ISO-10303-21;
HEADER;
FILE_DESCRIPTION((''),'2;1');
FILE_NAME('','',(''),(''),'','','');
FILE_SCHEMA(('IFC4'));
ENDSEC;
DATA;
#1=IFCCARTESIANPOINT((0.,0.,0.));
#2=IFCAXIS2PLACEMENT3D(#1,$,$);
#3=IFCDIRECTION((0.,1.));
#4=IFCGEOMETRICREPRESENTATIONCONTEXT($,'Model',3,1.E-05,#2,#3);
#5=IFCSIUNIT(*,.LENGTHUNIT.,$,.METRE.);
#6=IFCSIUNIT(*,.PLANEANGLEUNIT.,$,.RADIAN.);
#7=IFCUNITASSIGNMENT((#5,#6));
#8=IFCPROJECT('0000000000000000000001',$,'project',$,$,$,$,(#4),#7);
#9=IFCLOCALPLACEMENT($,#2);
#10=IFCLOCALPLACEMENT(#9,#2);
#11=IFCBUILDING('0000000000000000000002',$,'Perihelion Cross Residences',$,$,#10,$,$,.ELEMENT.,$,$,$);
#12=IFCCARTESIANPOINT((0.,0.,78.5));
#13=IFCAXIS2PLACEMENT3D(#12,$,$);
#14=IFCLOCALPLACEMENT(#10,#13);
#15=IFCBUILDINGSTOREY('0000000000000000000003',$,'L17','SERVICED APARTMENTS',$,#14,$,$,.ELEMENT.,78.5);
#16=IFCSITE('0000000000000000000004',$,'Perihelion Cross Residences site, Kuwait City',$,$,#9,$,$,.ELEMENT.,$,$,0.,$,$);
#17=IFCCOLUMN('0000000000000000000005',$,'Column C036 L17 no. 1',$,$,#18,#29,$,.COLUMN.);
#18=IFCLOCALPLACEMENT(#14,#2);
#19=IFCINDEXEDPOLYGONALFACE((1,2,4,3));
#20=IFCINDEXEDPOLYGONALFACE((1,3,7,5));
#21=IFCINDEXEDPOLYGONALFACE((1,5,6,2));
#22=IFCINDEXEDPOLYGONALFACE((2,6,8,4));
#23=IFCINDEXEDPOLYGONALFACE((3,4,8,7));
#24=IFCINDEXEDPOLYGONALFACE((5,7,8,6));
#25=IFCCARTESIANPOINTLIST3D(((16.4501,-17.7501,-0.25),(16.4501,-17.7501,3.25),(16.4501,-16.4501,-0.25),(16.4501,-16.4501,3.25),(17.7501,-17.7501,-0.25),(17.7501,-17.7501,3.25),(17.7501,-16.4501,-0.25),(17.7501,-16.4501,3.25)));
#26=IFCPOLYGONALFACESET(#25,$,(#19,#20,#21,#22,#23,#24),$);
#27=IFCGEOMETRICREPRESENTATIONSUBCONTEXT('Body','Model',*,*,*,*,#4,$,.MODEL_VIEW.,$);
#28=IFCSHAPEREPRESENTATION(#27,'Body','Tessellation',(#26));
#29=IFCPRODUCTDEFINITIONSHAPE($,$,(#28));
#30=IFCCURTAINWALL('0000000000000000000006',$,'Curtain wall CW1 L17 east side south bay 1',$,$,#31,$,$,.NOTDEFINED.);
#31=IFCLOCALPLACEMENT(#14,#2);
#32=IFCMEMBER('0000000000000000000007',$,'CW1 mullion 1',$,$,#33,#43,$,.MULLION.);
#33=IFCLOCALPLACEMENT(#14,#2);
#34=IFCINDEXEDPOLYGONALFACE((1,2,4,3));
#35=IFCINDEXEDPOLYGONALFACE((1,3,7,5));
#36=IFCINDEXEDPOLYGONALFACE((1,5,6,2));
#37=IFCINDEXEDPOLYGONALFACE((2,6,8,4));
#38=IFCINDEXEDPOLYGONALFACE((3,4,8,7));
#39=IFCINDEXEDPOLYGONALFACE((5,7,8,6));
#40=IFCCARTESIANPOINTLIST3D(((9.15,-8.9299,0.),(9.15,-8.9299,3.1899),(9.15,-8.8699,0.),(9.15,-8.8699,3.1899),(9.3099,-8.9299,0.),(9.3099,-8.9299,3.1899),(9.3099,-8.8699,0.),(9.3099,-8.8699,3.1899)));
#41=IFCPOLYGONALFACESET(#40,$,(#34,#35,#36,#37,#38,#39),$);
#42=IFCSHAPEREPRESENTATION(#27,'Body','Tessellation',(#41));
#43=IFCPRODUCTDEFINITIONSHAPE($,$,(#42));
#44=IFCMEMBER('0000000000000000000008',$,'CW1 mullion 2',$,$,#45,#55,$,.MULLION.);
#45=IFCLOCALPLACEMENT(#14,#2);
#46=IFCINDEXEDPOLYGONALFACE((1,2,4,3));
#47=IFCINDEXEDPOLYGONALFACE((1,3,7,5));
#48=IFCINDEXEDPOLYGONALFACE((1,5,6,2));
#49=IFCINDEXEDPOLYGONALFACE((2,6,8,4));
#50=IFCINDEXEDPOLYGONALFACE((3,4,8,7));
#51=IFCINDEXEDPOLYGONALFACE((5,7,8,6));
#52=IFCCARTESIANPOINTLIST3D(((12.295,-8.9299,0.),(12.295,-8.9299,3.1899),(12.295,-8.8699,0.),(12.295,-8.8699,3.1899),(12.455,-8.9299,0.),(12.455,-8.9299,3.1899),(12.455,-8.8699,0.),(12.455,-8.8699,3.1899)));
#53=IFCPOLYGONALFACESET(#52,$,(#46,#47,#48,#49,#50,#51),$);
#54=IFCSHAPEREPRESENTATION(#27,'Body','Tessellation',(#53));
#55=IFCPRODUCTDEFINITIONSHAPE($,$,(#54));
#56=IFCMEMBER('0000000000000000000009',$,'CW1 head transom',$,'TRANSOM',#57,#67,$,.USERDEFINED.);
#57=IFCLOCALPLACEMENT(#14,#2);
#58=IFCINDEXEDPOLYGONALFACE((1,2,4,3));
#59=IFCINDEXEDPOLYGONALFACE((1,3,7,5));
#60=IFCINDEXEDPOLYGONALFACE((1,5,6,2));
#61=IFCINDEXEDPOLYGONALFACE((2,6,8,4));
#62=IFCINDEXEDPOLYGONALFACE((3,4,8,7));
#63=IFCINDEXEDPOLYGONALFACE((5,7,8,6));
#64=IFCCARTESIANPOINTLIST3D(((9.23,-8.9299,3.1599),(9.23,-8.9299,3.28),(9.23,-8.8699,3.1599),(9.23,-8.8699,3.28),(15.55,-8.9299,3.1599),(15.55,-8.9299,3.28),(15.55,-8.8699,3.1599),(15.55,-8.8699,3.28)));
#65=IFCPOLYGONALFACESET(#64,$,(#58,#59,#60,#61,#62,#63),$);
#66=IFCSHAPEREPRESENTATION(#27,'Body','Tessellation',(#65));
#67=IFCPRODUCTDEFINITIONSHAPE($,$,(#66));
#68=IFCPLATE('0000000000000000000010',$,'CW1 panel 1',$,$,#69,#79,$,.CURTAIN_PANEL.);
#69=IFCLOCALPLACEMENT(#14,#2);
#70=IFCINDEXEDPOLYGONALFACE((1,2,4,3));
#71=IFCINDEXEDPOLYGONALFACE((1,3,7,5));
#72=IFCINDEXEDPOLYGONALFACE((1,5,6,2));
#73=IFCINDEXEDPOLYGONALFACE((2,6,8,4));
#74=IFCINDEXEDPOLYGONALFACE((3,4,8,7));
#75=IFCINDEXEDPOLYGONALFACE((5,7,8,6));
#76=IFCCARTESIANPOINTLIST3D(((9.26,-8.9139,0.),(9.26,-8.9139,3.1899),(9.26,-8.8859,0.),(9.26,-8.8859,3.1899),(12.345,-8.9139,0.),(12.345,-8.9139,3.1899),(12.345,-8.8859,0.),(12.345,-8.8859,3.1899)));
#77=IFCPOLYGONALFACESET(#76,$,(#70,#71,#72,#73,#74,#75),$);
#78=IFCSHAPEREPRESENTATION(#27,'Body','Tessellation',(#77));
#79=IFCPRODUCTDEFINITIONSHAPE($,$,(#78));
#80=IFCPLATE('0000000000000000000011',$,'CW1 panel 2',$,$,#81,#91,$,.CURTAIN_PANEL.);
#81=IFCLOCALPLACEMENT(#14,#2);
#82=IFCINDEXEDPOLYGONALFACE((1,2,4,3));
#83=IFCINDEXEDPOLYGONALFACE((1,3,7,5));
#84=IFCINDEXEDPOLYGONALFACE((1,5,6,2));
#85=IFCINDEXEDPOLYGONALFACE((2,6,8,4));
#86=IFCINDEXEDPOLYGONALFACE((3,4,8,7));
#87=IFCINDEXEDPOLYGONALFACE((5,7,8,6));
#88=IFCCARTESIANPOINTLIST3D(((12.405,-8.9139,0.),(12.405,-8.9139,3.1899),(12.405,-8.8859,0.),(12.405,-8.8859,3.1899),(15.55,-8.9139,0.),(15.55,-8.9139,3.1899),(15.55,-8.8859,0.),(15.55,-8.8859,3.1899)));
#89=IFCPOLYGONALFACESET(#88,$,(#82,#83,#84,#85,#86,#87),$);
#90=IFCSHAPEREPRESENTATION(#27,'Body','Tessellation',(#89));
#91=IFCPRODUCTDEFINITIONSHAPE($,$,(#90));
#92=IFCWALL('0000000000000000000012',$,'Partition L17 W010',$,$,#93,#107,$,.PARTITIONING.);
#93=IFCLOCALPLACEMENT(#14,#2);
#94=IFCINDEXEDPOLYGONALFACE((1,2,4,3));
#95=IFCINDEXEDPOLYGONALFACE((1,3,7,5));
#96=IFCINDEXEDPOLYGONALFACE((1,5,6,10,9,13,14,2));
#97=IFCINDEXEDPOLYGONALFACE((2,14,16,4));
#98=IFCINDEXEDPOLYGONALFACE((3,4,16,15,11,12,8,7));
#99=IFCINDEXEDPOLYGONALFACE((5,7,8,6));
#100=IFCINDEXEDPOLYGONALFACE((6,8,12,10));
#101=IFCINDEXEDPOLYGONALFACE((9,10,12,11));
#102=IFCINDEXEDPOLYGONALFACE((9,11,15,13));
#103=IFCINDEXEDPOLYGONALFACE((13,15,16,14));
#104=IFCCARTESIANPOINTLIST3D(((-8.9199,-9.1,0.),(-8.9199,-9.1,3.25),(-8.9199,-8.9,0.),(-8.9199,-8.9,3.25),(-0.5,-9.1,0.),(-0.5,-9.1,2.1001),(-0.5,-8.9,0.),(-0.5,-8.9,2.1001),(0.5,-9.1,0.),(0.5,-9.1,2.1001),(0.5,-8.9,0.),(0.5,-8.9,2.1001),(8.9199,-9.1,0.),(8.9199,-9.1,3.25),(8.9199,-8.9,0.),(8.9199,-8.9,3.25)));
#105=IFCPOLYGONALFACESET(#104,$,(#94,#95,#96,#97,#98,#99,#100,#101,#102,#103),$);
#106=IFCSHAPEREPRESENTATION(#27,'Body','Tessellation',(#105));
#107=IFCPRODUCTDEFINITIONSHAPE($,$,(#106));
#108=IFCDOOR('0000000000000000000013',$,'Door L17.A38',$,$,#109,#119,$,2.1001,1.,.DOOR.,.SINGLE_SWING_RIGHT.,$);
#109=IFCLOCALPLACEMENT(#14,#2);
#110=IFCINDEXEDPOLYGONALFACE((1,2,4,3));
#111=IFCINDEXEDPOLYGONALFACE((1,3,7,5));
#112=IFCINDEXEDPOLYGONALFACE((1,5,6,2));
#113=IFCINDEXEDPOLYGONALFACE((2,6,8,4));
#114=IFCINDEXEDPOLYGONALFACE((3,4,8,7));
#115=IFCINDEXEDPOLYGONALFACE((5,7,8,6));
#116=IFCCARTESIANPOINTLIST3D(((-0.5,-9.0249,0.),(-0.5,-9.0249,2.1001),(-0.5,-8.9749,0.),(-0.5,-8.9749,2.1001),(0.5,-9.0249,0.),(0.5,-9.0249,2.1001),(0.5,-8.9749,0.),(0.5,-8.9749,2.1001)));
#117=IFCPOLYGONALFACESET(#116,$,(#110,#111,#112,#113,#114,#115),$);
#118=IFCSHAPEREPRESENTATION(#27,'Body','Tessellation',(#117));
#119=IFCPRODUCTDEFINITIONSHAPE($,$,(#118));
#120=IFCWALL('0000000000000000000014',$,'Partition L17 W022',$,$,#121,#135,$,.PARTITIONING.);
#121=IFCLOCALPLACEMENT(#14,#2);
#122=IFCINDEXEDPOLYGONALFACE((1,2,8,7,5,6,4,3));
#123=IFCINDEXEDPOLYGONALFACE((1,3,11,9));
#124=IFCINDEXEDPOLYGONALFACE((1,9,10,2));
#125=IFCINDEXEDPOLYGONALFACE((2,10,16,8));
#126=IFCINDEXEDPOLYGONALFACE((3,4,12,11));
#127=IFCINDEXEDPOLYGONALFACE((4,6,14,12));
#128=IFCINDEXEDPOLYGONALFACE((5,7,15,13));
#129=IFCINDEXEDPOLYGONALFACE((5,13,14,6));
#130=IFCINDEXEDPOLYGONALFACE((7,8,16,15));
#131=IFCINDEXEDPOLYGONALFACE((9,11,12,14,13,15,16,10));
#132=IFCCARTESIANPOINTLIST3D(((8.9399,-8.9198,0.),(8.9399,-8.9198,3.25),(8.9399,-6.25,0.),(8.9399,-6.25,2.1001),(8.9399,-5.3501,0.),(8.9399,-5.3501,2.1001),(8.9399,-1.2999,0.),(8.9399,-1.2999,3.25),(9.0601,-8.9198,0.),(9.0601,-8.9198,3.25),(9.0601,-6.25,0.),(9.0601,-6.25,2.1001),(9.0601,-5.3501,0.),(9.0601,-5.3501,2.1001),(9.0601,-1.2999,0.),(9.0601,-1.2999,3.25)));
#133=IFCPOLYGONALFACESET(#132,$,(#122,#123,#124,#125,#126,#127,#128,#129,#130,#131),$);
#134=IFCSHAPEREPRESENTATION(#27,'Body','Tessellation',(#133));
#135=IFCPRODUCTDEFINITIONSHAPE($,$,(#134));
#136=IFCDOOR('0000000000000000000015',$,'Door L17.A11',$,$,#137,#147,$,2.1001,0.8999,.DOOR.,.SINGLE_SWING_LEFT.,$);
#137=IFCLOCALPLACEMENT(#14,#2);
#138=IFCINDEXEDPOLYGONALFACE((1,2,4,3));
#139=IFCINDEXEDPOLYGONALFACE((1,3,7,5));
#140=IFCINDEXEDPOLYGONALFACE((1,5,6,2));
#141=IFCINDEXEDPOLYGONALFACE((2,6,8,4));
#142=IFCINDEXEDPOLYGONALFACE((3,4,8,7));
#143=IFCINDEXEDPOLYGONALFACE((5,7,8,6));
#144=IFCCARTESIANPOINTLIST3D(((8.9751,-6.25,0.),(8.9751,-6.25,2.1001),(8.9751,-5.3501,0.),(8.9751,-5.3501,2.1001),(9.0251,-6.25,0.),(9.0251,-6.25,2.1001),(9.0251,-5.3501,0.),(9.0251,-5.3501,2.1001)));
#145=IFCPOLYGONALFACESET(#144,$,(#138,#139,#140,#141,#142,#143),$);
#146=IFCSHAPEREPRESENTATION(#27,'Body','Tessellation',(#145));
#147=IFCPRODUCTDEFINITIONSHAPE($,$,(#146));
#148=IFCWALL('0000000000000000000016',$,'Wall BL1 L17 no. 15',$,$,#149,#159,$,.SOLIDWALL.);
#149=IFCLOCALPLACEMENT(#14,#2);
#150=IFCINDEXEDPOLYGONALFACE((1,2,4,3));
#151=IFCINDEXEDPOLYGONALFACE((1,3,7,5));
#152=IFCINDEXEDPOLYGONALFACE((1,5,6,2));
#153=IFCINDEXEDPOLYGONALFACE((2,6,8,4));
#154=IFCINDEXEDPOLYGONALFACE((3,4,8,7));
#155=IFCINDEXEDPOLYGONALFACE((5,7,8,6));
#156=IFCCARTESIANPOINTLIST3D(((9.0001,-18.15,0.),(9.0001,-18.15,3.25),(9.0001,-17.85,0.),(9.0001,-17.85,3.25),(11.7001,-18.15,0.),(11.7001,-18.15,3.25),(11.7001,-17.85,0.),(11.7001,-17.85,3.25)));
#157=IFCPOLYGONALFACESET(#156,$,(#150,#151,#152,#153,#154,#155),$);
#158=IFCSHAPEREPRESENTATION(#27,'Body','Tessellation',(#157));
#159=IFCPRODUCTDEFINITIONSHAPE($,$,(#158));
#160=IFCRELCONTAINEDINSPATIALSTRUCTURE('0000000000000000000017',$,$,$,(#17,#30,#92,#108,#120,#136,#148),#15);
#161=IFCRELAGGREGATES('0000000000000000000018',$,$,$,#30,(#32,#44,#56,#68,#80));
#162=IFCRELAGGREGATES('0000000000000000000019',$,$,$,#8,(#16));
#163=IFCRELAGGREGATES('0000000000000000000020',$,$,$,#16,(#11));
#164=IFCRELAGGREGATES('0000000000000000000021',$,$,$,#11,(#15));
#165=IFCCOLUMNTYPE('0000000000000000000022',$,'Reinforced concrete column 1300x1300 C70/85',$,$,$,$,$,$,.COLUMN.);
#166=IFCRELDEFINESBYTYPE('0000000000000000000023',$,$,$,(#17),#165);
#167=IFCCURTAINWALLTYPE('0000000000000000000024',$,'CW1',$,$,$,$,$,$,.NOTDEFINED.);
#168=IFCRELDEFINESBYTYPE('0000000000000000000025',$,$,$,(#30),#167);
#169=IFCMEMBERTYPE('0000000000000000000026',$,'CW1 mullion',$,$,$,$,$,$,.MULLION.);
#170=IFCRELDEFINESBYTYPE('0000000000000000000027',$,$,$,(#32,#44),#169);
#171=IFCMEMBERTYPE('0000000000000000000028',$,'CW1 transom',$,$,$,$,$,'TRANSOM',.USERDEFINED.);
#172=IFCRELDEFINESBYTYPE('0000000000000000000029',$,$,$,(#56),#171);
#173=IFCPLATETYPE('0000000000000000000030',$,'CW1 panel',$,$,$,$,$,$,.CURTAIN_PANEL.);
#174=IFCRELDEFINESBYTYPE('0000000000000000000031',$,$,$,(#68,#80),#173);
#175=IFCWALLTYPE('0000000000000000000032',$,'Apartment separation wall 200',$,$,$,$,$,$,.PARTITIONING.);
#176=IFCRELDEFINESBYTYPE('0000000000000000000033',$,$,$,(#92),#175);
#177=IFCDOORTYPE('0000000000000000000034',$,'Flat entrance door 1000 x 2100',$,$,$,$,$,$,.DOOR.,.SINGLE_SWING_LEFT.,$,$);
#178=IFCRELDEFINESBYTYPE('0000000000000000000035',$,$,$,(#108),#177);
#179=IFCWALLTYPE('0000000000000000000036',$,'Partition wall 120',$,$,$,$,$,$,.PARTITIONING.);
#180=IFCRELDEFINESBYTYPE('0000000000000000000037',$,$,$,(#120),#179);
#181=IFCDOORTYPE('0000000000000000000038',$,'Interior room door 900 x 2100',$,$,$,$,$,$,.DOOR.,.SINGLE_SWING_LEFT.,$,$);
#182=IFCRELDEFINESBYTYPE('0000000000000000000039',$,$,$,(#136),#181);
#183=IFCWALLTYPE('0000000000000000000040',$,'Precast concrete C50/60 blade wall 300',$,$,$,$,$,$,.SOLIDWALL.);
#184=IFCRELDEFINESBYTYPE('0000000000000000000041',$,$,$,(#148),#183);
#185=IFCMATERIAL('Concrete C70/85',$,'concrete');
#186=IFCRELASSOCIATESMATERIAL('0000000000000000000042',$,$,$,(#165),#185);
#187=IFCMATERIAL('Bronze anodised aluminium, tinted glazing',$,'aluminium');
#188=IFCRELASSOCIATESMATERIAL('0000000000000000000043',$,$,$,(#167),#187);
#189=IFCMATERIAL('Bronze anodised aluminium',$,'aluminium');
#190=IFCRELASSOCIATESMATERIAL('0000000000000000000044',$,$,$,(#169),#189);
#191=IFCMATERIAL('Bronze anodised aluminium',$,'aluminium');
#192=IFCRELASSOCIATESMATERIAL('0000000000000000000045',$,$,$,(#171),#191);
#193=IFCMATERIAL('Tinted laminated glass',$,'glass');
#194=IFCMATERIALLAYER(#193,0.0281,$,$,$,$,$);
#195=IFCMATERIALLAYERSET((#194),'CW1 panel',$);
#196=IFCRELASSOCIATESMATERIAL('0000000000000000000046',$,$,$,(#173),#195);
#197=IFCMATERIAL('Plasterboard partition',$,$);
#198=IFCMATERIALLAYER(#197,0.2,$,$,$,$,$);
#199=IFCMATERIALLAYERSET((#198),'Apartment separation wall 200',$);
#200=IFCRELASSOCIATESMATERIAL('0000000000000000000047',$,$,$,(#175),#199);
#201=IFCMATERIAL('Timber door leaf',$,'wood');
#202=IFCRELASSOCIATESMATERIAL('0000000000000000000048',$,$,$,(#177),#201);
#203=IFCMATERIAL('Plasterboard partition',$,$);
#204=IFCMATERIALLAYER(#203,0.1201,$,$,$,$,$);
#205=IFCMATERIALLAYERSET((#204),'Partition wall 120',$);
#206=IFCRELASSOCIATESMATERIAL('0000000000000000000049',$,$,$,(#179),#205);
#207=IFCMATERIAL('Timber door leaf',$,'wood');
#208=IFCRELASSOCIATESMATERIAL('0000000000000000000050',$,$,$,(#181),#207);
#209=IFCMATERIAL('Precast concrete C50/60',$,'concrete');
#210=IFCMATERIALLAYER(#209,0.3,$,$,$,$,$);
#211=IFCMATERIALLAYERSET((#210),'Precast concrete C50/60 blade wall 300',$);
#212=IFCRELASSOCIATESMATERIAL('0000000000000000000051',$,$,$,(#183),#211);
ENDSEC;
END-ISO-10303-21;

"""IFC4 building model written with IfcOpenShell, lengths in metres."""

from ifc_helpers import new_model, si_unit, direction, frame, frame_2d, origin, origin_2d, place, context, subcontext, project, spatial, rectangle, extrude, material, layer, layer_set, material_profile, profile_set, type_object, element, fill, aggregate, save


model = new_model("IFC4")

# Units and contexts
model_context = context("Model", 3, precision=1e-05, world=origin(), true_north=direction((0.0, 1.0)))
body_context = subcontext(model_context, "Body", "Model", "MODEL_VIEW")
ifc_project = project(units=[si_unit("LENGTHUNIT", "METRE"), si_unit("PLANEANGLEUNIT", "RADIAN")], contexts=[model_context])

# Site, building, storey
site_placement = place(None, origin())
site = spatial("IfcSite", under=ifc_project, at=site_placement, Name="Perihelion Cross Residences site, Kuwait City", CompositionType="ELEMENT", RefElevation=0.0)
building_placement = place(site_placement, origin())
building = spatial("IfcBuilding", under=site, at=building_placement, Name="Perihelion Cross Residences", CompositionType="ELEMENT")
storey_placement = place(building_placement, frame((0.0, 0.0, 78.5)))
storey = spatial("IfcBuildingStorey", under=building, at=storey_placement, Name="L17", Description="SERVICED APARTMENTS", CompositionType="ELEMENT", Elevation=78.5)

# Column
ifc_material_1 = material(Name="Concrete C70/85", Category="concrete")
ifc_material_profile_1 = material_profile(ifc_material_1, rectangle(XDim=1.3, YDim=1.3, at=origin_2d()), Name="RC 1300x1300")
ifc_profile_set_1 = profile_set([ifc_material_profile_1], Name="Concrete C70/85")
column_type = type_object("IfcColumnType", Name="Reinforced concrete column 1300x1300 C70/85", PredefinedType="COLUMN", material=ifc_profile_set_1)
column_placement = place(storey_placement, frame((17.1001, -17.1001, -0.25), z_axis=(0.0, 0.0, 1.0), x_axis=(1.0, 0.0, 0.0)))
element("IfcColumn", 1, at=column_placement, inside=storey, type_object=column_type, Name="Column C036 L17 no. 1", PredefinedType="COLUMN", context=body_context, shape_type="SweptSolid", body=[
    extrude(rectangle(XDim=1.3, YDim=1.3, at=origin_2d()), origin(), (0.0, 0.0, 1.0), 3.5),
])

# Curtain wall, members, plates
ifc_material_2 = material(Name="Bronze anodised aluminium, tinted glazing", Category="aluminium")
curtain_wall_type = type_object("IfcCurtainWallType", Name="CW1", PredefinedType="NOTDEFINED", material=ifc_material_2)
curtain_wall_placement = place(storey_placement, origin())
curtain_wall = element("IfcCurtainWall", 2, at=curtain_wall_placement, inside=storey, type_object=curtain_wall_type, Name="Curtain wall CW1 L17 east side south bay 1", PredefinedType="NOTDEFINED")
ifc_material_3 = material(Name="Bronze anodised aluminium", Category="aluminium")
ifc_material_profile_2 = material_profile(ifc_material_3, rectangle(XDim=0.0601, YDim=0.1599, at=origin_2d()), Name="CW1 mullion")
ifc_profile_set_2 = profile_set([ifc_material_profile_2], Name="Bronze anodised aluminium")
member_type_1 = type_object("IfcMemberType", Name="CW1 mullion", PredefinedType="MULLION", material=ifc_profile_set_2)
member_1_placement = place(storey_placement, frame((9.23, -8.8999, 0.0), z_axis=(0.0, 0.0, 1.0), x_axis=(0.0, 1.0, 0.0)))
member_1 = element("IfcMember", 3, at=member_1_placement, type_object=member_type_1, Name="CW1 mullion 1", PredefinedType="MULLION", context=body_context, shape_type="SweptSolid", body=[
    extrude(rectangle(XDim=0.0601, YDim=0.1599, at=origin_2d()), origin(), (0.0, 0.0, 1.0), 3.1899),
])
member_2_placement = place(storey_placement, frame((12.375, -8.8999, 0.0), z_axis=(0.0, 0.0, 1.0), x_axis=(0.0, 1.0, 0.0)))
member_2 = element("IfcMember", 4, at=member_2_placement, type_object=member_type_1, Name="CW1 mullion 2", PredefinedType="MULLION", context=body_context, shape_type="SweptSolid", body=[
    extrude(rectangle(XDim=0.0601, YDim=0.1599, at=origin_2d()), origin(), (0.0, 0.0, 1.0), 3.1899),
])
ifc_material_4 = material(Name="Bronze anodised aluminium", Category="aluminium")
ifc_material_profile_3 = material_profile(ifc_material_4, rectangle(XDim=0.0601, YDim=0.1201, at=origin_2d()), Name="CW1 transom")
ifc_profile_set_3 = profile_set([ifc_material_profile_3], Name="Bronze anodised aluminium")
member_type_2 = type_object("IfcMemberType", Name="CW1 transom", ElementType="TRANSOM", PredefinedType="USERDEFINED", material=ifc_profile_set_3)
member_3_placement = place(storey_placement, frame((9.23, -8.8999, 3.22), z_axis=(1.0, 0.0, 0.0), x_axis=(0.0, 1.0, 0.0)))
member_3 = element("IfcMember", 5, at=member_3_placement, type_object=member_type_2, Name="CW1 head transom", ObjectType="TRANSOM", PredefinedType="USERDEFINED", context=body_context, shape_type="SweptSolid", body=[
    extrude(rectangle(XDim=0.0601, YDim=0.1201, at=origin_2d()), origin(), (0.0, 0.0, 1.0), 6.3201),
])
ifc_material_5 = material(Name="Tinted laminated glass", Category="glass")
ifc_layer_1 = layer(ifc_material_5, 0.0281)
ifc_layer_set_1 = layer_set([ifc_layer_1], Name="CW1 panel")
plate_type = type_object("IfcPlateType", Name="CW1 panel", PredefinedType="CURTAIN_PANEL", material=ifc_layer_set_1)
plate_1_placement = place(storey_placement, frame((10.8025, -8.8999, 0.0), z_axis=(0.0, 0.0, 1.0), x_axis=(1.0, 0.0, 0.0)))
plate_1 = element("IfcPlate", 6, at=plate_1_placement, type_object=plate_type, Name="CW1 panel 1", PredefinedType="CURTAIN_PANEL", context=body_context, shape_type="SweptSolid", body=[
    extrude(rectangle(XDim=3.085, YDim=0.0281, at=origin_2d()), origin(), (0.0, 0.0, 1.0), 3.1899),
])
plate_2_placement = place(storey_placement, frame((13.9775, -8.8999, 0.0), z_axis=(0.0, 0.0, 1.0), x_axis=(1.0, 0.0, 0.0)))
plate_2 = element("IfcPlate", 7, at=plate_2_placement, type_object=plate_type, Name="CW1 panel 2", PredefinedType="CURTAIN_PANEL", context=body_context, shape_type="SweptSolid", body=[
    extrude(rectangle(XDim=3.145, YDim=0.0281, at=origin_2d()), origin(), (0.0, 0.0, 1.0), 3.1899),
])
aggregate(curtain_wall, [member_1, member_2, member_3, plate_1, plate_2])

# Walls, openings, doors
ifc_material_6 = material(Name="Plasterboard partition")
ifc_layer_2 = layer(ifc_material_6, 0.2)
ifc_layer_set_2 = layer_set([ifc_layer_2], Name="Apartment separation wall 200")
wall_type_1 = type_object("IfcWallType", Name="Apartment separation wall 200", PredefinedType="PARTITIONING", material=ifc_layer_set_2)
wall_1_placement = place(storey_placement, frame((8.9199, -9.0, 0.0), z_axis=(0.0, 0.0, 1.0), x_axis=(-1.0, 0.0, 0.0)))
wall_1 = element("IfcWall", 8, at=wall_1_placement, inside=storey, type_object=wall_type_1, Name="Partition L17 W010", PredefinedType="PARTITIONING", context=body_context, shape_type="SweptSolid", body=[
    extrude(rectangle(XDim=17.8398, YDim=0.2, at=frame_2d((8.9199, 0.0))), origin(), (0.0, 0.0, 1.0), 3.25),
])
opening_1_placement = place(wall_1_placement, frame((8.4199, 0.0, 0.0)))
opening_1 = element("IfcOpeningElement", 9, at=opening_1_placement, cuts=wall_1, PredefinedType="OPENING", context=body_context, shape_type="SweptSolid", body=[
    extrude(rectangle(XDim=1.0, YDim=2.1001, at=frame_2d((0.5, 1.05))), frame((0.0, 0.1099, 0.0), z_axis=(0.0, -1.0, 0.0), x_axis=(1.0, 0.0, 0.0)), (0.0, 0.0, 1.0), 0.22),
])
ifc_material_7 = material(Name="Timber door leaf", Category="wood")
door_type_1 = type_object("IfcDoorType", Name="Flat entrance door 1000 x 2100", OperationType="SINGLE_SWING_LEFT", PredefinedType="DOOR", material=ifc_material_7)
door_1_placement = place(opening_1_placement, origin())
door_1 = element("IfcDoor", 10, at=door_1_placement, inside=storey, type_object=door_type_1, Name="Door L17.A38", OperationType="SINGLE_SWING_RIGHT", OverallHeight=2.1001, OverallWidth=1.0, PredefinedType="DOOR", context=body_context, shape_type="SweptSolid", body=[
    extrude(rectangle(XDim=1.0, YDim=2.1001, at=frame_2d((0.5, 1.05))), frame((0.0, 0.0249, 0.0), z_axis=(0.0, -1.0, 0.0), x_axis=(1.0, 0.0, 0.0)), (0.0, 0.0, 1.0), 0.05),
])
fill(opening_1, door_1)
ifc_material_8 = material(Name="Plasterboard partition")
ifc_layer_3 = layer(ifc_material_8, 0.1201)
ifc_layer_set_3 = layer_set([ifc_layer_3], Name="Partition wall 120")
wall_type_2 = type_object("IfcWallType", Name="Partition wall 120", PredefinedType="PARTITIONING", material=ifc_layer_set_3)
wall_2_placement = place(storey_placement, frame((9.0, -8.9199, 0.0), z_axis=(0.0, 0.0, 1.0), x_axis=(0.0, 1.0, 0.0)))
wall_2 = element("IfcWall", 11, at=wall_2_placement, inside=storey, type_object=wall_type_2, Name="Partition L17 W022", PredefinedType="PARTITIONING", context=body_context, shape_type="SweptSolid", body=[
    extrude(rectangle(XDim=7.6199, YDim=0.1201, at=frame_2d((3.8101, 0.0))), origin(), (0.0, 0.0, 1.0), 3.25),
])
opening_2_placement = place(wall_2_placement, frame((2.6699, 0.0, 0.0)))
opening_2 = element("IfcOpeningElement", 12, at=opening_2_placement, cuts=wall_2, PredefinedType="OPENING", context=body_context, shape_type="SweptSolid", body=[
    extrude(rectangle(XDim=0.8999, YDim=2.1001, at=frame_2d((0.45, 1.05))), frame((0.0, 0.0701, 0.0), z_axis=(0.0, -1.0, 0.0), x_axis=(1.0, 0.0, 0.0)), (0.0, 0.0, 1.0), 0.1401),
])
ifc_material_9 = material(Name="Timber door leaf", Category="wood")
door_type_2 = type_object("IfcDoorType", Name="Interior room door 900 x 2100", OperationType="SINGLE_SWING_LEFT", PredefinedType="DOOR", material=ifc_material_9)
door_2_placement = place(opening_2_placement, origin())
door_2 = element("IfcDoor", 13, at=door_2_placement, inside=storey, type_object=door_type_2, Name="Door L17.A11", OperationType="SINGLE_SWING_LEFT", OverallHeight=2.1001, OverallWidth=0.8999, PredefinedType="DOOR", context=body_context, shape_type="SweptSolid", body=[
    extrude(rectangle(XDim=0.8999, YDim=2.1001, at=frame_2d((0.45, 1.05))), frame((0.0, 0.0249, 0.0), z_axis=(0.0, -1.0, 0.0), x_axis=(1.0, 0.0, 0.0)), (0.0, 0.0, 1.0), 0.05),
])
fill(opening_2, door_2)

# Wall
ifc_material_10 = material(Name="Precast concrete C50/60", Category="concrete")
ifc_layer_4 = layer(ifc_material_10, 0.3)
ifc_layer_set_4 = layer_set([ifc_layer_4], Name="Precast concrete C50/60 blade wall 300")
wall_type_3 = type_object("IfcWallType", Name="Precast concrete C50/60 blade wall 300", PredefinedType="SOLIDWALL", material=ifc_layer_set_4)
wall_3_placement = place(storey_placement, frame((9.0, -18.0, 0.0), z_axis=(0.0, 0.0, 1.0), x_axis=(1.0, 0.0, 0.0)))
element("IfcWall", 14, at=wall_3_placement, inside=storey, type_object=wall_type_3, Name="Wall BL1 L17 no. 15", PredefinedType="SOLIDWALL", context=body_context, shape_type="SweptSolid", body=[
    extrude(rectangle(XDim=2.7, YDim=0.3, at=frame_2d((1.3501, 0.0))), origin(), (0.0, 0.0, 1.0), 3.25),
])

save(model, "model.ifc")
